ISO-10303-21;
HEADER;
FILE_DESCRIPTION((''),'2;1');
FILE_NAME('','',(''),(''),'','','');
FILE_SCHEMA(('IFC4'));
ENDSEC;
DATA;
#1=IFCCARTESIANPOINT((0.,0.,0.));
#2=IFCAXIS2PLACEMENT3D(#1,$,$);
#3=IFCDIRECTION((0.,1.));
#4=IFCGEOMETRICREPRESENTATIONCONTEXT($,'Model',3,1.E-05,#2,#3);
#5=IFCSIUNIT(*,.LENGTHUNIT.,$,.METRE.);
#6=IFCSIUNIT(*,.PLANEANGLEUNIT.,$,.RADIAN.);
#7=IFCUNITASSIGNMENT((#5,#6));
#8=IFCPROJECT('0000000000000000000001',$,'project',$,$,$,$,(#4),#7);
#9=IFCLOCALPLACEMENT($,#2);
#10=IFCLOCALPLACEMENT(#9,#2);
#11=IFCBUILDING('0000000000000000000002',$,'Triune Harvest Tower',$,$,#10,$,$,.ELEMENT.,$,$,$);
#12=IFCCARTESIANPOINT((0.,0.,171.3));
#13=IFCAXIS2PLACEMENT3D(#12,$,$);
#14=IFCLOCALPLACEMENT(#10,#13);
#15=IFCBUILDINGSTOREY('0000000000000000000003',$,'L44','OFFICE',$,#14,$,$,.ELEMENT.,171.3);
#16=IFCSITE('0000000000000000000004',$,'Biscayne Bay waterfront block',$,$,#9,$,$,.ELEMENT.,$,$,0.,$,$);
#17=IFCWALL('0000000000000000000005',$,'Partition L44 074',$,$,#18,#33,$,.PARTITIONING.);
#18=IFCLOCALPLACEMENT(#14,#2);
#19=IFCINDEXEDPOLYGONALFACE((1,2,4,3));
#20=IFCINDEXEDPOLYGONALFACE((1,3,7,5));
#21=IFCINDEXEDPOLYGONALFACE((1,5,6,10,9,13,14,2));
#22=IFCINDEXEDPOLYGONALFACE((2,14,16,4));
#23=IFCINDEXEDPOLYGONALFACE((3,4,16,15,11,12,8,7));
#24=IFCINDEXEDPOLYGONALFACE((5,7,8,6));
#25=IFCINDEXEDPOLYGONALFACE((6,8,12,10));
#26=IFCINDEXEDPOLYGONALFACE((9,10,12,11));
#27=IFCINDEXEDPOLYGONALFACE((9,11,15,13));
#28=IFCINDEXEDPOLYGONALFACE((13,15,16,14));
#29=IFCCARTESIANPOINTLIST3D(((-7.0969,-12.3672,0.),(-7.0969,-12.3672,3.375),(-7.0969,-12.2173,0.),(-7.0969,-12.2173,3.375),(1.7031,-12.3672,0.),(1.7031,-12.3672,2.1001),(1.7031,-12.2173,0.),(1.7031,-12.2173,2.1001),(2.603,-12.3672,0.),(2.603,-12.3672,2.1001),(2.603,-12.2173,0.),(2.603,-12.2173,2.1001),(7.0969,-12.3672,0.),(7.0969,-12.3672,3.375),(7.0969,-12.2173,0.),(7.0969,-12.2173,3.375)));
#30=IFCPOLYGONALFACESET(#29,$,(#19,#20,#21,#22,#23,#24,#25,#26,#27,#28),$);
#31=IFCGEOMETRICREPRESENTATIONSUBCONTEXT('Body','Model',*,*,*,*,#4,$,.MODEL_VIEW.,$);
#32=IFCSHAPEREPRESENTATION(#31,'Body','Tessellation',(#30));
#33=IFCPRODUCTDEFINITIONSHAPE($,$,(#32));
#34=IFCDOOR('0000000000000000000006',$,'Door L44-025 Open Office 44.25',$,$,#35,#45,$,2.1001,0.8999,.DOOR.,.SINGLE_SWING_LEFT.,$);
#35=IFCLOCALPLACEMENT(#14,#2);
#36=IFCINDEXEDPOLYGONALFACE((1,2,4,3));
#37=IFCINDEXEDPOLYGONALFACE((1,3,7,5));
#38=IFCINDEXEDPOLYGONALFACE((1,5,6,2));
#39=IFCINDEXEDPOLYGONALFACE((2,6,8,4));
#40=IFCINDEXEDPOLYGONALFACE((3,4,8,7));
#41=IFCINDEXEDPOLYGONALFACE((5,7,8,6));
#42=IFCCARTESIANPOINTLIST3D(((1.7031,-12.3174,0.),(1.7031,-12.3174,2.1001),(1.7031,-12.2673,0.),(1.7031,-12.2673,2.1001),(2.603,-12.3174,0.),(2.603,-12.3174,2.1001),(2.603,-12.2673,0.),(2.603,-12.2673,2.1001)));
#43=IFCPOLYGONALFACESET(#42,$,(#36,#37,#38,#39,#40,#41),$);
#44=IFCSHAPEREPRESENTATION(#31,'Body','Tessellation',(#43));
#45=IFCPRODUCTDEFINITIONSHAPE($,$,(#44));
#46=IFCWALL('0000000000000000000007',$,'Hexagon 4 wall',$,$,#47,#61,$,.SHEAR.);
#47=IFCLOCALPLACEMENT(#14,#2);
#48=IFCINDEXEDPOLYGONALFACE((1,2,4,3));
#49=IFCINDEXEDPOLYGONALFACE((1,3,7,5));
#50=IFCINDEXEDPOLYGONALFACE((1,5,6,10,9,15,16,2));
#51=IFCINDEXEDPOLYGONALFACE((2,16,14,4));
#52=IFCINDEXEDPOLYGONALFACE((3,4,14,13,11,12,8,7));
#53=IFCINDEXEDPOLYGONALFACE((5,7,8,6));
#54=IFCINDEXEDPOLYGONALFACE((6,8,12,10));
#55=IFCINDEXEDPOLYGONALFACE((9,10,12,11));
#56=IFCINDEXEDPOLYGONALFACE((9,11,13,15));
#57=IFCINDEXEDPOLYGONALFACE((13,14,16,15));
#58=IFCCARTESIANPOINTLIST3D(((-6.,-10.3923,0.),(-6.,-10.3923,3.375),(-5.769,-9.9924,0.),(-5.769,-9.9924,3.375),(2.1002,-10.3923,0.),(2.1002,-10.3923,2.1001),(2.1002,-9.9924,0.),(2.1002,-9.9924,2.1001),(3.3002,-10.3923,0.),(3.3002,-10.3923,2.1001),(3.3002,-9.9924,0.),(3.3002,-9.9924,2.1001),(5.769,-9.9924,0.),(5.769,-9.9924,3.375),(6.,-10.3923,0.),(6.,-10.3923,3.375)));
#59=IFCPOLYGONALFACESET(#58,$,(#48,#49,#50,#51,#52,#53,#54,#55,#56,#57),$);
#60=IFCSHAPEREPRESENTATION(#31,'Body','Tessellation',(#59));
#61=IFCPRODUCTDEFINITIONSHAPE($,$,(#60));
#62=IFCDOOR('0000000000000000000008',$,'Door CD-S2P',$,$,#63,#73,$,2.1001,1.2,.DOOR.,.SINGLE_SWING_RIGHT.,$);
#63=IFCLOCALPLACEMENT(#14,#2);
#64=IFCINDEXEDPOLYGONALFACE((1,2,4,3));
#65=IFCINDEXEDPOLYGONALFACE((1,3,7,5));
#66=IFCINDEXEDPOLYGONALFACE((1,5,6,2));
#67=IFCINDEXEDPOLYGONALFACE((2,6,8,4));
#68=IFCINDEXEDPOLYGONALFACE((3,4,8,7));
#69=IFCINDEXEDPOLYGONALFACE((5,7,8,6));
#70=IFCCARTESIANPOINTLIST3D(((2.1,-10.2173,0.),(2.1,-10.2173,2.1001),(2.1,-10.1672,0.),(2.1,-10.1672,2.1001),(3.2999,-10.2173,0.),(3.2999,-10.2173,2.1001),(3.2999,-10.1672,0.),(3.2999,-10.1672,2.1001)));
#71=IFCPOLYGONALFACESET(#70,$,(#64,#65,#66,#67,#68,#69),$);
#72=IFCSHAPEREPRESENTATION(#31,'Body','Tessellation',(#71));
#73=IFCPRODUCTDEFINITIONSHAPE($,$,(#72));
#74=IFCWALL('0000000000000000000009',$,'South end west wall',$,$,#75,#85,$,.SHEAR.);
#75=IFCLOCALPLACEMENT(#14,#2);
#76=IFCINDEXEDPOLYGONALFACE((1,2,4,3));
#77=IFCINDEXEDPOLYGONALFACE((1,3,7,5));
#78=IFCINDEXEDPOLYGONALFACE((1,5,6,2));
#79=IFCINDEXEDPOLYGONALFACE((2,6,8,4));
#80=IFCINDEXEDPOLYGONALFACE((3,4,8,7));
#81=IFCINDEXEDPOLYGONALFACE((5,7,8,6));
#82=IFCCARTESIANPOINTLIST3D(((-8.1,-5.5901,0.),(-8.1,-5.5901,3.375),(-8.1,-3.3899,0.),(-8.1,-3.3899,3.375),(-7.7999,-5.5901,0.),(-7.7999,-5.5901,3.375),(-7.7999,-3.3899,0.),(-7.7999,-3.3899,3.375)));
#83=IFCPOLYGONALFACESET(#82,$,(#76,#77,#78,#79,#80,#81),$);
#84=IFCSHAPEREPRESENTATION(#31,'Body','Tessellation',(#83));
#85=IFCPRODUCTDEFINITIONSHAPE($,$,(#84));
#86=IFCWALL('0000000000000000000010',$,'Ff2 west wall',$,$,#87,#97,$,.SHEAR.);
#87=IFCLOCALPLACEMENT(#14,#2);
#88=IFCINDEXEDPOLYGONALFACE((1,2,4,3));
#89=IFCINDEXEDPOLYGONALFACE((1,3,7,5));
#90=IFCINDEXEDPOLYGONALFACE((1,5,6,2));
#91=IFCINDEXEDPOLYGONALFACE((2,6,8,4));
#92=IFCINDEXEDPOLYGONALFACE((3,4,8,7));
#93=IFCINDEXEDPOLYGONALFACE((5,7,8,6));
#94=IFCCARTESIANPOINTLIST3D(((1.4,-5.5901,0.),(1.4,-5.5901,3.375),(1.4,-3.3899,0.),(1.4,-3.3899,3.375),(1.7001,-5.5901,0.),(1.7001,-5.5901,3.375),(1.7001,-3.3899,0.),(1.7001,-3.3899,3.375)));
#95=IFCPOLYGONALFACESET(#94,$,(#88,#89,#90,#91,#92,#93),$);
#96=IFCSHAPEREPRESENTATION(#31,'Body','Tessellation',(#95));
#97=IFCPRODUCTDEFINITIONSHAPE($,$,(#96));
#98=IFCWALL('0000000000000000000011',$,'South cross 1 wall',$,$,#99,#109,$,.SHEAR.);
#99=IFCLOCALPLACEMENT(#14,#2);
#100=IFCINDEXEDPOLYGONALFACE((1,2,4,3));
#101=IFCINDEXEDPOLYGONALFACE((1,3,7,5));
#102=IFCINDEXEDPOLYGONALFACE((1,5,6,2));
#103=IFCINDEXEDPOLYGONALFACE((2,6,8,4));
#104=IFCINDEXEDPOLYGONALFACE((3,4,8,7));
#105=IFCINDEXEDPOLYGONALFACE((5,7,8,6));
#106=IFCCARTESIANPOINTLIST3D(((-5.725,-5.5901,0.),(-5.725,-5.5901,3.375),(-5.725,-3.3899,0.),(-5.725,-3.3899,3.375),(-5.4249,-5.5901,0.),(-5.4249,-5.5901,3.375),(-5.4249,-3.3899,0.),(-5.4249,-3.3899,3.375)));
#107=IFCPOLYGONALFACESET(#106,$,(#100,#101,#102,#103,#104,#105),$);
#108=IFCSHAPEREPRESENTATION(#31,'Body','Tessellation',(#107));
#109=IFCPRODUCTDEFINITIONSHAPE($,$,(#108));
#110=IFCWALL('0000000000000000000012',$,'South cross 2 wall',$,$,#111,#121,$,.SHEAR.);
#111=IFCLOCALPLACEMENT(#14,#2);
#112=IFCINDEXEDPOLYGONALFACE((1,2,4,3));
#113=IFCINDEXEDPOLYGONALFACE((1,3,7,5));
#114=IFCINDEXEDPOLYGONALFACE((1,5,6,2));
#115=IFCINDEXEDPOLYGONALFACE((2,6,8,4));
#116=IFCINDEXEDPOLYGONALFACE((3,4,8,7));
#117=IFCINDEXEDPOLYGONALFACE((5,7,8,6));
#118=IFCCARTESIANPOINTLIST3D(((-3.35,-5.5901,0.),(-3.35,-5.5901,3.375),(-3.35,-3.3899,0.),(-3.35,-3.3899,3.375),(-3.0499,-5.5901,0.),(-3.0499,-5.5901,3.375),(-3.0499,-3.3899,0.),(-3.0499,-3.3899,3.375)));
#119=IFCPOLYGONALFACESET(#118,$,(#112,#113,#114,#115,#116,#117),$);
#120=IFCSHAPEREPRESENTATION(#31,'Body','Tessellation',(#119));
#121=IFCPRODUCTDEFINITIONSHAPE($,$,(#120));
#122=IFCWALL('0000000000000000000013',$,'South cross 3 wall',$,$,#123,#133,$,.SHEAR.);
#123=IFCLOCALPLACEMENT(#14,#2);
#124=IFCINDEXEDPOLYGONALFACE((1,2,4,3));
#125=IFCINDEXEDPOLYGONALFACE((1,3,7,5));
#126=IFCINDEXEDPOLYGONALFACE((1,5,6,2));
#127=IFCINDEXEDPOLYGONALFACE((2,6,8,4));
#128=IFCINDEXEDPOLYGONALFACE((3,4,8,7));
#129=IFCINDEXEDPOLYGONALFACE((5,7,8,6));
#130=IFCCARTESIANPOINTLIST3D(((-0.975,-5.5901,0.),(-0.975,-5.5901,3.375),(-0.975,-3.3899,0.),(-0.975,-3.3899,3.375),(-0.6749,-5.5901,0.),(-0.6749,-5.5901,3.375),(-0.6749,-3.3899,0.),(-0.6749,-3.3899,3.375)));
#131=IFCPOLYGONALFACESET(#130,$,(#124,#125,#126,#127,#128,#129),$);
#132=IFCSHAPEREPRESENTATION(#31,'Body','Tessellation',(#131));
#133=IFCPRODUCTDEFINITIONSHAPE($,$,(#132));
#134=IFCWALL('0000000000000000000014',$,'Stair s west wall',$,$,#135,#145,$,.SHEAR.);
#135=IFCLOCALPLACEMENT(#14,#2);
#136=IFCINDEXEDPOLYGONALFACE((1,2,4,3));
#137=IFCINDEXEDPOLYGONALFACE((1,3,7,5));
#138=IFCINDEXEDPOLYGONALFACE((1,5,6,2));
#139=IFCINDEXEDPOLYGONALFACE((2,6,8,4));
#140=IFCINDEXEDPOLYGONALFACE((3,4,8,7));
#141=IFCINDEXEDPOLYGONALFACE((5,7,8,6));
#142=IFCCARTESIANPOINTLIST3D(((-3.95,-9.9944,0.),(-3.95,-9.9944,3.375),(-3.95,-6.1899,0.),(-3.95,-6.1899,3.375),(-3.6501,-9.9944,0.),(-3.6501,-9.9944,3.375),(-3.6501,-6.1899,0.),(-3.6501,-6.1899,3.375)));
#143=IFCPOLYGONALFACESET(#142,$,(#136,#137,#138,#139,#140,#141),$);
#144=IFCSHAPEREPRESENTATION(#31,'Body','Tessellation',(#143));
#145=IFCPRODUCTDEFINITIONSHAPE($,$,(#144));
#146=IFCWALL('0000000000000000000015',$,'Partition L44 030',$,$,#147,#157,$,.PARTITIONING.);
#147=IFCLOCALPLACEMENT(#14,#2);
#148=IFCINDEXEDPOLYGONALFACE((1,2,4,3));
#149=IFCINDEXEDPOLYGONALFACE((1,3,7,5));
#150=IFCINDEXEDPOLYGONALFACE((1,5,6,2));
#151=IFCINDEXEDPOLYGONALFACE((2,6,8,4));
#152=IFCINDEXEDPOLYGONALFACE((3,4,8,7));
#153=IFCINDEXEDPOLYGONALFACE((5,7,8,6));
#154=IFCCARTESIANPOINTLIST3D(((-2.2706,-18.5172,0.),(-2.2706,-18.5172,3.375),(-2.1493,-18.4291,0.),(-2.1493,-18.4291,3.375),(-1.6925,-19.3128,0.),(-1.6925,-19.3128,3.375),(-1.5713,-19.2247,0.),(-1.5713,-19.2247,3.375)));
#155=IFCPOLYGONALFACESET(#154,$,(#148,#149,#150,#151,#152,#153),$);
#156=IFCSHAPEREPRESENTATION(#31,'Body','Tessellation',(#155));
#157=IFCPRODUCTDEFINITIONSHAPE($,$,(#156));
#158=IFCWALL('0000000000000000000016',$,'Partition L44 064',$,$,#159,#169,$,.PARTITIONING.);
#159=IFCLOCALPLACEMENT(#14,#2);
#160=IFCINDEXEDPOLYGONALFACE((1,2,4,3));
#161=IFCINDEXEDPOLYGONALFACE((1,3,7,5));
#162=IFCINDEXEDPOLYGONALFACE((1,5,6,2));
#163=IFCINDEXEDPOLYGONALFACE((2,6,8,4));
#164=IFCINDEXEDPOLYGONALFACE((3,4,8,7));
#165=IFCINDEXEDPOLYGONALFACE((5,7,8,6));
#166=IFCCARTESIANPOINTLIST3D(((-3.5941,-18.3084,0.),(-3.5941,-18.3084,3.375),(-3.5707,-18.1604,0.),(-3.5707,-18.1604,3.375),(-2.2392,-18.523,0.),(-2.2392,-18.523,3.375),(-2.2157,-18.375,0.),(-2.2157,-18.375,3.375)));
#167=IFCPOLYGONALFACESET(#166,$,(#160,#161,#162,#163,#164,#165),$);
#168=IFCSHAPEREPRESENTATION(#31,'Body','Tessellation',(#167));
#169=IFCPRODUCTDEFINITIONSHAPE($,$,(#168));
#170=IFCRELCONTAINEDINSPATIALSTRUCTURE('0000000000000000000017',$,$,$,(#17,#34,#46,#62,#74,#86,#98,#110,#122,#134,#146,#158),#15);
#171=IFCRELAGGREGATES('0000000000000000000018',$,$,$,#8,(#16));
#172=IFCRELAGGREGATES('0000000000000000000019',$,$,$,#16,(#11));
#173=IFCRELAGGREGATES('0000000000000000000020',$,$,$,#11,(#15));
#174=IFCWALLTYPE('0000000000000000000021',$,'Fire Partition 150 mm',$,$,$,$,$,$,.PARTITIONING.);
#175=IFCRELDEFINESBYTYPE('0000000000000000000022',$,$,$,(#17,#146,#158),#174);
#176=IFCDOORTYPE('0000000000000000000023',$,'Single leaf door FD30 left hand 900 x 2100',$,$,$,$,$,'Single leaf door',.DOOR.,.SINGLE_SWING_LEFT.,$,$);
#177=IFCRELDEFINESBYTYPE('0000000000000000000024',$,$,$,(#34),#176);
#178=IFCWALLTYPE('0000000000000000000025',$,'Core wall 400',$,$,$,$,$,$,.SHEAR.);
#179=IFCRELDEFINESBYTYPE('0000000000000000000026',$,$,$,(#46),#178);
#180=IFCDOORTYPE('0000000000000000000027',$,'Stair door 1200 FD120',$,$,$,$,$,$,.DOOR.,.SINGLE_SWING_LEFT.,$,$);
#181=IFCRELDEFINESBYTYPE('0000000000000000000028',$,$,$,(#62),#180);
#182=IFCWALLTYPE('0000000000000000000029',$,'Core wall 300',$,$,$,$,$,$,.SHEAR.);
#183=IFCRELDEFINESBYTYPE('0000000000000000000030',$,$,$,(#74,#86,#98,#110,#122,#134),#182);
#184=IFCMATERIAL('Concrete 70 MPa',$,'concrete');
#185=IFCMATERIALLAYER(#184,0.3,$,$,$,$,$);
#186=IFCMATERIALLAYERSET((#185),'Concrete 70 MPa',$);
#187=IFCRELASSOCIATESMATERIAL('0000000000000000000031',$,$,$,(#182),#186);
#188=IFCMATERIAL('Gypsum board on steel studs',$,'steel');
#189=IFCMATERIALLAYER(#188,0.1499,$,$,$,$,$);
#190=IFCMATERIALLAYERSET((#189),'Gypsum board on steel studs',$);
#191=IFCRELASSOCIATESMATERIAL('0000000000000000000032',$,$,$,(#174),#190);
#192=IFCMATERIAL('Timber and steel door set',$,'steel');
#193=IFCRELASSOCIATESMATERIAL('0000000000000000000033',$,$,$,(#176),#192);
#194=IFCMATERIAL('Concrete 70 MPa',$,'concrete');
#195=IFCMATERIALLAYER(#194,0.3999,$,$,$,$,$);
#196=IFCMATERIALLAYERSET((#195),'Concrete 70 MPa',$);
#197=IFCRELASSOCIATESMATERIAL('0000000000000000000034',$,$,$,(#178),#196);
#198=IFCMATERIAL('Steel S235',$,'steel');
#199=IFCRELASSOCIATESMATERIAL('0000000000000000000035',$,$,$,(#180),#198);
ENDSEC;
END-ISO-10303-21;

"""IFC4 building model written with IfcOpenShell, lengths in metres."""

from ifc_helpers import new_model, si_unit, direction, frame, frame_2d, origin, place, context, subcontext, project, spatial, polyline, rectangle, outline, extrude, source, transform, mapped, material, layer, layer_set, type_object, element, fill, save


model = new_model("IFC4")

# Units and contexts
model_context = context("Model", 3, precision=1e-05, world=origin(), true_north=direction((0.0, 1.0)))
body_context = subcontext(model_context, "Body", "Model", "MODEL_VIEW")
ifc_project = project(units=[si_unit("LENGTHUNIT", "METRE"), si_unit("PLANEANGLEUNIT", "RADIAN")], contexts=[model_context])

# Site, building, storey
site_placement = place(None, origin())
site = spatial("IfcSite", under=ifc_project, at=site_placement, Name="Biscayne Bay waterfront block", CompositionType="ELEMENT", RefElevation=0.0)
building_placement = place(site_placement, origin())
building = spatial("IfcBuilding", under=site, at=building_placement, Name="Triune Harvest Tower", CompositionType="ELEMENT")
storey_placement = place(building_placement, frame((0.0, 0.0, 171.3)))
storey = spatial("IfcBuildingStorey", under=building, at=storey_placement, Name="L44", Description="OFFICE", CompositionType="ELEMENT", Elevation=171.3)

# Shared definitions
ifc_material_1 = material(Name="Concrete 70 MPa", Category="concrete")
ifc_layer_1 = layer(ifc_material_1, 0.3)
ifc_layer_set_1 = layer_set([ifc_layer_1], Name="Concrete 70 MPa")
wall_type_1 = type_object("IfcWallType", Name="Core wall 300", PredefinedType="SHEAR", material=ifc_layer_set_1)

# Walls, openings, doors
ifc_material_2 = material(Name="Gypsum board on steel studs", Category="steel")
ifc_layer_2 = layer(ifc_material_2, 0.1499)
ifc_layer_set_2 = layer_set([ifc_layer_2], Name="Gypsum board on steel studs")
wall_type_2 = type_object("IfcWallType", Name="Fire Partition 150 mm", PredefinedType="PARTITIONING", material=ifc_layer_set_2)
wall_1_placement = place(storey_placement, frame((-7.0969, -12.2922, 0.0), z_axis=(0.0, 0.0, 1.0), x_axis=(1.0, 0.0, 0.0)))
wall_1 = element("IfcWall", 1, at=wall_1_placement, inside=storey, type_object=wall_type_2, Name="Partition L44 074", PredefinedType="PARTITIONING", context=body_context, shape_type="SweptSolid", body=[
    extrude(rectangle(XDim=14.1938, YDim=0.1499, at=frame_2d((7.0969, 0.0))), origin(), (0.0, 0.0, 1.0), 3.375),
])
opening_1_placement = place(wall_1_placement, frame((8.8, 0.0, 0.0)))
opening_1 = element("IfcOpeningElement", 2, at=opening_1_placement, cuts=wall_1, PredefinedType="OPENING", context=body_context, shape_type="SweptSolid", body=[
    extrude(rectangle(XDim=0.8999, YDim=2.1001, at=frame_2d((0.45, 1.05))), frame((0.0, 0.085, 0.0), z_axis=(0.0, -1.0, 0.0), x_axis=(1.0, 0.0, 0.0)), (0.0, 0.0, 1.0), 0.1699),
])
ifc_material_3 = material(Name="Timber and steel door set", Category="steel")
door_type_1 = type_object("IfcDoorType", Name="Single leaf door FD30 left hand 900 x 2100", ElementType="Single leaf door", OperationType="SINGLE_SWING_LEFT", PredefinedType="DOOR", material=ifc_material_3)
door_1_placement = place(opening_1_placement, origin())
door_1 = element("IfcDoor", 3, at=door_1_placement, inside=storey, type_object=door_type_1, Name="Door L44-025 Open Office 44.25", OperationType="SINGLE_SWING_LEFT", OverallHeight=2.1001, OverallWidth=0.8999, PredefinedType="DOOR", context=body_context, shape_type="SweptSolid", body=[
    extrude(rectangle(XDim=0.8999, YDim=2.1001, at=frame_2d((0.45, 1.05))), frame((0.0, 0.0249, 0.0), z_axis=(0.0, -1.0, 0.0), x_axis=(1.0, 0.0, 0.0)), (0.0, 0.0, 1.0), 0.05),
])
fill(opening_1, door_1)
ifc_material_4 = material(Name="Concrete 70 MPa", Category="concrete")
ifc_layer_3 = layer(ifc_material_4, 0.3999)
ifc_layer_set_3 = layer_set([ifc_layer_3], Name="Concrete 70 MPa")
wall_type_3 = type_object("IfcWallType", Name="Core wall 400", PredefinedType="SHEAR", material=ifc_layer_set_3)
shared_shape_1 = source(origin(), body_context, "Body", "SweptSolid", [
    extrude(outline(polyline([(-0.1155, -0.2), (11.8845, -0.2), (11.6536, 0.2), (0.1155, 0.2), (-0.1155, -0.2)])), origin(), (0.0, 0.0, 1.0), 3.375),
])
wall_2_placement = place(storey_placement, frame((-5.8845, -10.1924, 0.0), z_axis=(0.0, 0.0, 1.0), x_axis=(1.0, 0.0, 0.0)))
wall_2 = element("IfcWall", 4, at=wall_2_placement, inside=storey, type_object=wall_type_3, Name="Hexagon 4 wall", PredefinedType="SHEAR", context=body_context, shape_type="MappedRepresentation", body=[
    mapped(shared_shape_1, transform((0.0, 0.0, 0.0), scale=1.0)),
])
opening_2_placement = place(wall_2_placement, frame((7.9846, 0.0, 0.0)))
opening_2 = element("IfcOpeningElement", 5, at=opening_2_placement, cuts=wall_2, PredefinedType="OPENING", context=body_context, shape_type="SweptSolid", body=[
    extrude(rectangle(XDim=1.2, YDim=2.1001, at=frame_2d((0.6001, 1.05))), frame((0.0, 0.21, 0.0), z_axis=(0.0, -1.0, 0.0), x_axis=(1.0, 0.0, 0.0)), (0.0, 0.0, 1.0), 0.4199),
])
ifc_material_5 = material(Name="Steel S235", Category="steel")
door_type_2 = type_object("IfcDoorType", Name="Stair door 1200 FD120", OperationType="SINGLE_SWING_LEFT", PredefinedType="DOOR", material=ifc_material_5)
door_2_placement = place(opening_2_placement, frame((1.2, 0.0, 0.0), z_axis=(0.0, 0.0, 1.0), x_axis=(-1.0, 0.0, 0.0)))
door_2 = element("IfcDoor", 6, at=door_2_placement, inside=storey, type_object=door_type_2, Name="Door CD-S2P", OperationType="SINGLE_SWING_RIGHT", OverallHeight=2.1001, OverallWidth=1.2, PredefinedType="DOOR", context=body_context, shape_type="SweptSolid", body=[
    extrude(rectangle(XDim=1.2, YDim=2.1001, at=frame_2d((0.6001, 1.05))), frame((0.0, 0.0249, 0.0), z_axis=(0.0, -1.0, 0.0), x_axis=(1.0, 0.0, 0.0)), (0.0, 0.0, 1.0), 0.05),
])
fill(opening_2, door_2)

# Walls
shared_shape_2 = source(origin(), body_context, "Body", "SweptSolid", [
    extrude(rectangle(XDim=2.2002, YDim=0.3, at=frame_2d((1.1001, 0.0))), origin(), (0.0, 0.0, 1.0), 3.375),
])
for number, where, z_axis, x_axis, name in (
    (7, (-7.95, -5.5901, 0.0), (0.0, 0.0, 1.0), (0.0, 1.0, 0.0), "South end west wall"),
    (8, (1.55, -5.5901, 0.0), (0.0, 0.0, 1.0), (0.0, 1.0, 0.0), "Ff2 west wall"),
    (9, (-5.575, -5.5901, 0.0), (0.0, 0.0, 1.0), (0.0, 1.0, 0.0), "South cross 1 wall"),
    (10, (-3.2, -5.5901, 0.0), (0.0, 0.0, 1.0), (0.0, 1.0, 0.0), "South cross 2 wall"),
    (11, (-0.825, -5.5901, 0.0), (0.0, 0.0, 1.0), (0.0, 1.0, 0.0), "South cross 3 wall"),
):
    element("IfcWall", number, at=place(storey_placement, frame(where, z_axis=z_axis, x_axis=x_axis)), inside=storey, type_object=wall_type_1, Name=name, PredefinedType="SHEAR", context=body_context, shape_type="MappedRepresentation", body=[
        mapped(shared_shape_2, transform((0.0, 0.0, 0.0), scale=1.0)),
    ])
shared_shape_3 = source(origin(), body_context, "Body", "SweptSolid", [
    extrude(outline(polyline([(3.8, -0.1499), (-0.0044, -0.1499), (-0.0044, 0.1499), (3.8, 0.1499), (3.8, -0.1499)])), origin(), (0.0, 0.0, 1.0), 3.375),
])
wall_3_placement = place(storey_placement, frame((-3.8, -9.99, 0.0), z_axis=(0.0, 0.0, 1.0), x_axis=(0.0, 1.0, 0.0)))
element("IfcWall", 12, at=wall_3_placement, inside=storey, type_object=wall_type_1, Name="Stair s west wall", PredefinedType="SHEAR", context=body_context, shape_type="MappedRepresentation", body=[
    mapped(shared_shape_3, transform((0.0, 0.0, 0.0), scale=1.0)),
])
shared_shape_4 = source(origin(), body_context, "Body", "SweptSolid", [
    extrude(rectangle(XDim=0.9834, YDim=0.1499, at=frame_2d((0.4917, 0.0))), origin(), (0.0, 0.0, 1.0), 3.375),
])
wall_4_placement = place(storey_placement, frame((-2.21, -18.4731, 0.0), z_axis=(0.0, 0.0, 1.0), x_axis=(0.587817, -0.808994, 0.0)))
element("IfcWall", 13, at=wall_4_placement, inside=storey, type_object=wall_type_2, Name="Partition L44 030", PredefinedType="PARTITIONING", context=body_context, shape_type="MappedRepresentation", body=[
    mapped(shared_shape_4, transform((0.0, 0.0, 0.0), scale=1.0)),
])
shared_shape_5 = source(origin(), body_context, "Body", "SweptSolid", [
    extrude(rectangle(XDim=1.3718, YDim=0.1499, at=frame_2d((0.686, 0.0))), origin(), (0.0, 0.0, 1.0), 3.375),
])
wall_5_placement = place(storey_placement, frame((-3.5825, -18.2344, 0.0), z_axis=(0.0, 0.0, 1.0), x_axis=(0.987689, -0.156429, 0.0)))
element("IfcWall", 14, at=wall_5_placement, inside=storey, type_object=wall_type_2, Name="Partition L44 064", PredefinedType="PARTITIONING", context=body_context, shape_type="MappedRepresentation", body=[
    mapped(shared_shape_5, transform((0.0, 0.0, 0.0), scale=1.0)),
])

save(model, "model.ifc")
